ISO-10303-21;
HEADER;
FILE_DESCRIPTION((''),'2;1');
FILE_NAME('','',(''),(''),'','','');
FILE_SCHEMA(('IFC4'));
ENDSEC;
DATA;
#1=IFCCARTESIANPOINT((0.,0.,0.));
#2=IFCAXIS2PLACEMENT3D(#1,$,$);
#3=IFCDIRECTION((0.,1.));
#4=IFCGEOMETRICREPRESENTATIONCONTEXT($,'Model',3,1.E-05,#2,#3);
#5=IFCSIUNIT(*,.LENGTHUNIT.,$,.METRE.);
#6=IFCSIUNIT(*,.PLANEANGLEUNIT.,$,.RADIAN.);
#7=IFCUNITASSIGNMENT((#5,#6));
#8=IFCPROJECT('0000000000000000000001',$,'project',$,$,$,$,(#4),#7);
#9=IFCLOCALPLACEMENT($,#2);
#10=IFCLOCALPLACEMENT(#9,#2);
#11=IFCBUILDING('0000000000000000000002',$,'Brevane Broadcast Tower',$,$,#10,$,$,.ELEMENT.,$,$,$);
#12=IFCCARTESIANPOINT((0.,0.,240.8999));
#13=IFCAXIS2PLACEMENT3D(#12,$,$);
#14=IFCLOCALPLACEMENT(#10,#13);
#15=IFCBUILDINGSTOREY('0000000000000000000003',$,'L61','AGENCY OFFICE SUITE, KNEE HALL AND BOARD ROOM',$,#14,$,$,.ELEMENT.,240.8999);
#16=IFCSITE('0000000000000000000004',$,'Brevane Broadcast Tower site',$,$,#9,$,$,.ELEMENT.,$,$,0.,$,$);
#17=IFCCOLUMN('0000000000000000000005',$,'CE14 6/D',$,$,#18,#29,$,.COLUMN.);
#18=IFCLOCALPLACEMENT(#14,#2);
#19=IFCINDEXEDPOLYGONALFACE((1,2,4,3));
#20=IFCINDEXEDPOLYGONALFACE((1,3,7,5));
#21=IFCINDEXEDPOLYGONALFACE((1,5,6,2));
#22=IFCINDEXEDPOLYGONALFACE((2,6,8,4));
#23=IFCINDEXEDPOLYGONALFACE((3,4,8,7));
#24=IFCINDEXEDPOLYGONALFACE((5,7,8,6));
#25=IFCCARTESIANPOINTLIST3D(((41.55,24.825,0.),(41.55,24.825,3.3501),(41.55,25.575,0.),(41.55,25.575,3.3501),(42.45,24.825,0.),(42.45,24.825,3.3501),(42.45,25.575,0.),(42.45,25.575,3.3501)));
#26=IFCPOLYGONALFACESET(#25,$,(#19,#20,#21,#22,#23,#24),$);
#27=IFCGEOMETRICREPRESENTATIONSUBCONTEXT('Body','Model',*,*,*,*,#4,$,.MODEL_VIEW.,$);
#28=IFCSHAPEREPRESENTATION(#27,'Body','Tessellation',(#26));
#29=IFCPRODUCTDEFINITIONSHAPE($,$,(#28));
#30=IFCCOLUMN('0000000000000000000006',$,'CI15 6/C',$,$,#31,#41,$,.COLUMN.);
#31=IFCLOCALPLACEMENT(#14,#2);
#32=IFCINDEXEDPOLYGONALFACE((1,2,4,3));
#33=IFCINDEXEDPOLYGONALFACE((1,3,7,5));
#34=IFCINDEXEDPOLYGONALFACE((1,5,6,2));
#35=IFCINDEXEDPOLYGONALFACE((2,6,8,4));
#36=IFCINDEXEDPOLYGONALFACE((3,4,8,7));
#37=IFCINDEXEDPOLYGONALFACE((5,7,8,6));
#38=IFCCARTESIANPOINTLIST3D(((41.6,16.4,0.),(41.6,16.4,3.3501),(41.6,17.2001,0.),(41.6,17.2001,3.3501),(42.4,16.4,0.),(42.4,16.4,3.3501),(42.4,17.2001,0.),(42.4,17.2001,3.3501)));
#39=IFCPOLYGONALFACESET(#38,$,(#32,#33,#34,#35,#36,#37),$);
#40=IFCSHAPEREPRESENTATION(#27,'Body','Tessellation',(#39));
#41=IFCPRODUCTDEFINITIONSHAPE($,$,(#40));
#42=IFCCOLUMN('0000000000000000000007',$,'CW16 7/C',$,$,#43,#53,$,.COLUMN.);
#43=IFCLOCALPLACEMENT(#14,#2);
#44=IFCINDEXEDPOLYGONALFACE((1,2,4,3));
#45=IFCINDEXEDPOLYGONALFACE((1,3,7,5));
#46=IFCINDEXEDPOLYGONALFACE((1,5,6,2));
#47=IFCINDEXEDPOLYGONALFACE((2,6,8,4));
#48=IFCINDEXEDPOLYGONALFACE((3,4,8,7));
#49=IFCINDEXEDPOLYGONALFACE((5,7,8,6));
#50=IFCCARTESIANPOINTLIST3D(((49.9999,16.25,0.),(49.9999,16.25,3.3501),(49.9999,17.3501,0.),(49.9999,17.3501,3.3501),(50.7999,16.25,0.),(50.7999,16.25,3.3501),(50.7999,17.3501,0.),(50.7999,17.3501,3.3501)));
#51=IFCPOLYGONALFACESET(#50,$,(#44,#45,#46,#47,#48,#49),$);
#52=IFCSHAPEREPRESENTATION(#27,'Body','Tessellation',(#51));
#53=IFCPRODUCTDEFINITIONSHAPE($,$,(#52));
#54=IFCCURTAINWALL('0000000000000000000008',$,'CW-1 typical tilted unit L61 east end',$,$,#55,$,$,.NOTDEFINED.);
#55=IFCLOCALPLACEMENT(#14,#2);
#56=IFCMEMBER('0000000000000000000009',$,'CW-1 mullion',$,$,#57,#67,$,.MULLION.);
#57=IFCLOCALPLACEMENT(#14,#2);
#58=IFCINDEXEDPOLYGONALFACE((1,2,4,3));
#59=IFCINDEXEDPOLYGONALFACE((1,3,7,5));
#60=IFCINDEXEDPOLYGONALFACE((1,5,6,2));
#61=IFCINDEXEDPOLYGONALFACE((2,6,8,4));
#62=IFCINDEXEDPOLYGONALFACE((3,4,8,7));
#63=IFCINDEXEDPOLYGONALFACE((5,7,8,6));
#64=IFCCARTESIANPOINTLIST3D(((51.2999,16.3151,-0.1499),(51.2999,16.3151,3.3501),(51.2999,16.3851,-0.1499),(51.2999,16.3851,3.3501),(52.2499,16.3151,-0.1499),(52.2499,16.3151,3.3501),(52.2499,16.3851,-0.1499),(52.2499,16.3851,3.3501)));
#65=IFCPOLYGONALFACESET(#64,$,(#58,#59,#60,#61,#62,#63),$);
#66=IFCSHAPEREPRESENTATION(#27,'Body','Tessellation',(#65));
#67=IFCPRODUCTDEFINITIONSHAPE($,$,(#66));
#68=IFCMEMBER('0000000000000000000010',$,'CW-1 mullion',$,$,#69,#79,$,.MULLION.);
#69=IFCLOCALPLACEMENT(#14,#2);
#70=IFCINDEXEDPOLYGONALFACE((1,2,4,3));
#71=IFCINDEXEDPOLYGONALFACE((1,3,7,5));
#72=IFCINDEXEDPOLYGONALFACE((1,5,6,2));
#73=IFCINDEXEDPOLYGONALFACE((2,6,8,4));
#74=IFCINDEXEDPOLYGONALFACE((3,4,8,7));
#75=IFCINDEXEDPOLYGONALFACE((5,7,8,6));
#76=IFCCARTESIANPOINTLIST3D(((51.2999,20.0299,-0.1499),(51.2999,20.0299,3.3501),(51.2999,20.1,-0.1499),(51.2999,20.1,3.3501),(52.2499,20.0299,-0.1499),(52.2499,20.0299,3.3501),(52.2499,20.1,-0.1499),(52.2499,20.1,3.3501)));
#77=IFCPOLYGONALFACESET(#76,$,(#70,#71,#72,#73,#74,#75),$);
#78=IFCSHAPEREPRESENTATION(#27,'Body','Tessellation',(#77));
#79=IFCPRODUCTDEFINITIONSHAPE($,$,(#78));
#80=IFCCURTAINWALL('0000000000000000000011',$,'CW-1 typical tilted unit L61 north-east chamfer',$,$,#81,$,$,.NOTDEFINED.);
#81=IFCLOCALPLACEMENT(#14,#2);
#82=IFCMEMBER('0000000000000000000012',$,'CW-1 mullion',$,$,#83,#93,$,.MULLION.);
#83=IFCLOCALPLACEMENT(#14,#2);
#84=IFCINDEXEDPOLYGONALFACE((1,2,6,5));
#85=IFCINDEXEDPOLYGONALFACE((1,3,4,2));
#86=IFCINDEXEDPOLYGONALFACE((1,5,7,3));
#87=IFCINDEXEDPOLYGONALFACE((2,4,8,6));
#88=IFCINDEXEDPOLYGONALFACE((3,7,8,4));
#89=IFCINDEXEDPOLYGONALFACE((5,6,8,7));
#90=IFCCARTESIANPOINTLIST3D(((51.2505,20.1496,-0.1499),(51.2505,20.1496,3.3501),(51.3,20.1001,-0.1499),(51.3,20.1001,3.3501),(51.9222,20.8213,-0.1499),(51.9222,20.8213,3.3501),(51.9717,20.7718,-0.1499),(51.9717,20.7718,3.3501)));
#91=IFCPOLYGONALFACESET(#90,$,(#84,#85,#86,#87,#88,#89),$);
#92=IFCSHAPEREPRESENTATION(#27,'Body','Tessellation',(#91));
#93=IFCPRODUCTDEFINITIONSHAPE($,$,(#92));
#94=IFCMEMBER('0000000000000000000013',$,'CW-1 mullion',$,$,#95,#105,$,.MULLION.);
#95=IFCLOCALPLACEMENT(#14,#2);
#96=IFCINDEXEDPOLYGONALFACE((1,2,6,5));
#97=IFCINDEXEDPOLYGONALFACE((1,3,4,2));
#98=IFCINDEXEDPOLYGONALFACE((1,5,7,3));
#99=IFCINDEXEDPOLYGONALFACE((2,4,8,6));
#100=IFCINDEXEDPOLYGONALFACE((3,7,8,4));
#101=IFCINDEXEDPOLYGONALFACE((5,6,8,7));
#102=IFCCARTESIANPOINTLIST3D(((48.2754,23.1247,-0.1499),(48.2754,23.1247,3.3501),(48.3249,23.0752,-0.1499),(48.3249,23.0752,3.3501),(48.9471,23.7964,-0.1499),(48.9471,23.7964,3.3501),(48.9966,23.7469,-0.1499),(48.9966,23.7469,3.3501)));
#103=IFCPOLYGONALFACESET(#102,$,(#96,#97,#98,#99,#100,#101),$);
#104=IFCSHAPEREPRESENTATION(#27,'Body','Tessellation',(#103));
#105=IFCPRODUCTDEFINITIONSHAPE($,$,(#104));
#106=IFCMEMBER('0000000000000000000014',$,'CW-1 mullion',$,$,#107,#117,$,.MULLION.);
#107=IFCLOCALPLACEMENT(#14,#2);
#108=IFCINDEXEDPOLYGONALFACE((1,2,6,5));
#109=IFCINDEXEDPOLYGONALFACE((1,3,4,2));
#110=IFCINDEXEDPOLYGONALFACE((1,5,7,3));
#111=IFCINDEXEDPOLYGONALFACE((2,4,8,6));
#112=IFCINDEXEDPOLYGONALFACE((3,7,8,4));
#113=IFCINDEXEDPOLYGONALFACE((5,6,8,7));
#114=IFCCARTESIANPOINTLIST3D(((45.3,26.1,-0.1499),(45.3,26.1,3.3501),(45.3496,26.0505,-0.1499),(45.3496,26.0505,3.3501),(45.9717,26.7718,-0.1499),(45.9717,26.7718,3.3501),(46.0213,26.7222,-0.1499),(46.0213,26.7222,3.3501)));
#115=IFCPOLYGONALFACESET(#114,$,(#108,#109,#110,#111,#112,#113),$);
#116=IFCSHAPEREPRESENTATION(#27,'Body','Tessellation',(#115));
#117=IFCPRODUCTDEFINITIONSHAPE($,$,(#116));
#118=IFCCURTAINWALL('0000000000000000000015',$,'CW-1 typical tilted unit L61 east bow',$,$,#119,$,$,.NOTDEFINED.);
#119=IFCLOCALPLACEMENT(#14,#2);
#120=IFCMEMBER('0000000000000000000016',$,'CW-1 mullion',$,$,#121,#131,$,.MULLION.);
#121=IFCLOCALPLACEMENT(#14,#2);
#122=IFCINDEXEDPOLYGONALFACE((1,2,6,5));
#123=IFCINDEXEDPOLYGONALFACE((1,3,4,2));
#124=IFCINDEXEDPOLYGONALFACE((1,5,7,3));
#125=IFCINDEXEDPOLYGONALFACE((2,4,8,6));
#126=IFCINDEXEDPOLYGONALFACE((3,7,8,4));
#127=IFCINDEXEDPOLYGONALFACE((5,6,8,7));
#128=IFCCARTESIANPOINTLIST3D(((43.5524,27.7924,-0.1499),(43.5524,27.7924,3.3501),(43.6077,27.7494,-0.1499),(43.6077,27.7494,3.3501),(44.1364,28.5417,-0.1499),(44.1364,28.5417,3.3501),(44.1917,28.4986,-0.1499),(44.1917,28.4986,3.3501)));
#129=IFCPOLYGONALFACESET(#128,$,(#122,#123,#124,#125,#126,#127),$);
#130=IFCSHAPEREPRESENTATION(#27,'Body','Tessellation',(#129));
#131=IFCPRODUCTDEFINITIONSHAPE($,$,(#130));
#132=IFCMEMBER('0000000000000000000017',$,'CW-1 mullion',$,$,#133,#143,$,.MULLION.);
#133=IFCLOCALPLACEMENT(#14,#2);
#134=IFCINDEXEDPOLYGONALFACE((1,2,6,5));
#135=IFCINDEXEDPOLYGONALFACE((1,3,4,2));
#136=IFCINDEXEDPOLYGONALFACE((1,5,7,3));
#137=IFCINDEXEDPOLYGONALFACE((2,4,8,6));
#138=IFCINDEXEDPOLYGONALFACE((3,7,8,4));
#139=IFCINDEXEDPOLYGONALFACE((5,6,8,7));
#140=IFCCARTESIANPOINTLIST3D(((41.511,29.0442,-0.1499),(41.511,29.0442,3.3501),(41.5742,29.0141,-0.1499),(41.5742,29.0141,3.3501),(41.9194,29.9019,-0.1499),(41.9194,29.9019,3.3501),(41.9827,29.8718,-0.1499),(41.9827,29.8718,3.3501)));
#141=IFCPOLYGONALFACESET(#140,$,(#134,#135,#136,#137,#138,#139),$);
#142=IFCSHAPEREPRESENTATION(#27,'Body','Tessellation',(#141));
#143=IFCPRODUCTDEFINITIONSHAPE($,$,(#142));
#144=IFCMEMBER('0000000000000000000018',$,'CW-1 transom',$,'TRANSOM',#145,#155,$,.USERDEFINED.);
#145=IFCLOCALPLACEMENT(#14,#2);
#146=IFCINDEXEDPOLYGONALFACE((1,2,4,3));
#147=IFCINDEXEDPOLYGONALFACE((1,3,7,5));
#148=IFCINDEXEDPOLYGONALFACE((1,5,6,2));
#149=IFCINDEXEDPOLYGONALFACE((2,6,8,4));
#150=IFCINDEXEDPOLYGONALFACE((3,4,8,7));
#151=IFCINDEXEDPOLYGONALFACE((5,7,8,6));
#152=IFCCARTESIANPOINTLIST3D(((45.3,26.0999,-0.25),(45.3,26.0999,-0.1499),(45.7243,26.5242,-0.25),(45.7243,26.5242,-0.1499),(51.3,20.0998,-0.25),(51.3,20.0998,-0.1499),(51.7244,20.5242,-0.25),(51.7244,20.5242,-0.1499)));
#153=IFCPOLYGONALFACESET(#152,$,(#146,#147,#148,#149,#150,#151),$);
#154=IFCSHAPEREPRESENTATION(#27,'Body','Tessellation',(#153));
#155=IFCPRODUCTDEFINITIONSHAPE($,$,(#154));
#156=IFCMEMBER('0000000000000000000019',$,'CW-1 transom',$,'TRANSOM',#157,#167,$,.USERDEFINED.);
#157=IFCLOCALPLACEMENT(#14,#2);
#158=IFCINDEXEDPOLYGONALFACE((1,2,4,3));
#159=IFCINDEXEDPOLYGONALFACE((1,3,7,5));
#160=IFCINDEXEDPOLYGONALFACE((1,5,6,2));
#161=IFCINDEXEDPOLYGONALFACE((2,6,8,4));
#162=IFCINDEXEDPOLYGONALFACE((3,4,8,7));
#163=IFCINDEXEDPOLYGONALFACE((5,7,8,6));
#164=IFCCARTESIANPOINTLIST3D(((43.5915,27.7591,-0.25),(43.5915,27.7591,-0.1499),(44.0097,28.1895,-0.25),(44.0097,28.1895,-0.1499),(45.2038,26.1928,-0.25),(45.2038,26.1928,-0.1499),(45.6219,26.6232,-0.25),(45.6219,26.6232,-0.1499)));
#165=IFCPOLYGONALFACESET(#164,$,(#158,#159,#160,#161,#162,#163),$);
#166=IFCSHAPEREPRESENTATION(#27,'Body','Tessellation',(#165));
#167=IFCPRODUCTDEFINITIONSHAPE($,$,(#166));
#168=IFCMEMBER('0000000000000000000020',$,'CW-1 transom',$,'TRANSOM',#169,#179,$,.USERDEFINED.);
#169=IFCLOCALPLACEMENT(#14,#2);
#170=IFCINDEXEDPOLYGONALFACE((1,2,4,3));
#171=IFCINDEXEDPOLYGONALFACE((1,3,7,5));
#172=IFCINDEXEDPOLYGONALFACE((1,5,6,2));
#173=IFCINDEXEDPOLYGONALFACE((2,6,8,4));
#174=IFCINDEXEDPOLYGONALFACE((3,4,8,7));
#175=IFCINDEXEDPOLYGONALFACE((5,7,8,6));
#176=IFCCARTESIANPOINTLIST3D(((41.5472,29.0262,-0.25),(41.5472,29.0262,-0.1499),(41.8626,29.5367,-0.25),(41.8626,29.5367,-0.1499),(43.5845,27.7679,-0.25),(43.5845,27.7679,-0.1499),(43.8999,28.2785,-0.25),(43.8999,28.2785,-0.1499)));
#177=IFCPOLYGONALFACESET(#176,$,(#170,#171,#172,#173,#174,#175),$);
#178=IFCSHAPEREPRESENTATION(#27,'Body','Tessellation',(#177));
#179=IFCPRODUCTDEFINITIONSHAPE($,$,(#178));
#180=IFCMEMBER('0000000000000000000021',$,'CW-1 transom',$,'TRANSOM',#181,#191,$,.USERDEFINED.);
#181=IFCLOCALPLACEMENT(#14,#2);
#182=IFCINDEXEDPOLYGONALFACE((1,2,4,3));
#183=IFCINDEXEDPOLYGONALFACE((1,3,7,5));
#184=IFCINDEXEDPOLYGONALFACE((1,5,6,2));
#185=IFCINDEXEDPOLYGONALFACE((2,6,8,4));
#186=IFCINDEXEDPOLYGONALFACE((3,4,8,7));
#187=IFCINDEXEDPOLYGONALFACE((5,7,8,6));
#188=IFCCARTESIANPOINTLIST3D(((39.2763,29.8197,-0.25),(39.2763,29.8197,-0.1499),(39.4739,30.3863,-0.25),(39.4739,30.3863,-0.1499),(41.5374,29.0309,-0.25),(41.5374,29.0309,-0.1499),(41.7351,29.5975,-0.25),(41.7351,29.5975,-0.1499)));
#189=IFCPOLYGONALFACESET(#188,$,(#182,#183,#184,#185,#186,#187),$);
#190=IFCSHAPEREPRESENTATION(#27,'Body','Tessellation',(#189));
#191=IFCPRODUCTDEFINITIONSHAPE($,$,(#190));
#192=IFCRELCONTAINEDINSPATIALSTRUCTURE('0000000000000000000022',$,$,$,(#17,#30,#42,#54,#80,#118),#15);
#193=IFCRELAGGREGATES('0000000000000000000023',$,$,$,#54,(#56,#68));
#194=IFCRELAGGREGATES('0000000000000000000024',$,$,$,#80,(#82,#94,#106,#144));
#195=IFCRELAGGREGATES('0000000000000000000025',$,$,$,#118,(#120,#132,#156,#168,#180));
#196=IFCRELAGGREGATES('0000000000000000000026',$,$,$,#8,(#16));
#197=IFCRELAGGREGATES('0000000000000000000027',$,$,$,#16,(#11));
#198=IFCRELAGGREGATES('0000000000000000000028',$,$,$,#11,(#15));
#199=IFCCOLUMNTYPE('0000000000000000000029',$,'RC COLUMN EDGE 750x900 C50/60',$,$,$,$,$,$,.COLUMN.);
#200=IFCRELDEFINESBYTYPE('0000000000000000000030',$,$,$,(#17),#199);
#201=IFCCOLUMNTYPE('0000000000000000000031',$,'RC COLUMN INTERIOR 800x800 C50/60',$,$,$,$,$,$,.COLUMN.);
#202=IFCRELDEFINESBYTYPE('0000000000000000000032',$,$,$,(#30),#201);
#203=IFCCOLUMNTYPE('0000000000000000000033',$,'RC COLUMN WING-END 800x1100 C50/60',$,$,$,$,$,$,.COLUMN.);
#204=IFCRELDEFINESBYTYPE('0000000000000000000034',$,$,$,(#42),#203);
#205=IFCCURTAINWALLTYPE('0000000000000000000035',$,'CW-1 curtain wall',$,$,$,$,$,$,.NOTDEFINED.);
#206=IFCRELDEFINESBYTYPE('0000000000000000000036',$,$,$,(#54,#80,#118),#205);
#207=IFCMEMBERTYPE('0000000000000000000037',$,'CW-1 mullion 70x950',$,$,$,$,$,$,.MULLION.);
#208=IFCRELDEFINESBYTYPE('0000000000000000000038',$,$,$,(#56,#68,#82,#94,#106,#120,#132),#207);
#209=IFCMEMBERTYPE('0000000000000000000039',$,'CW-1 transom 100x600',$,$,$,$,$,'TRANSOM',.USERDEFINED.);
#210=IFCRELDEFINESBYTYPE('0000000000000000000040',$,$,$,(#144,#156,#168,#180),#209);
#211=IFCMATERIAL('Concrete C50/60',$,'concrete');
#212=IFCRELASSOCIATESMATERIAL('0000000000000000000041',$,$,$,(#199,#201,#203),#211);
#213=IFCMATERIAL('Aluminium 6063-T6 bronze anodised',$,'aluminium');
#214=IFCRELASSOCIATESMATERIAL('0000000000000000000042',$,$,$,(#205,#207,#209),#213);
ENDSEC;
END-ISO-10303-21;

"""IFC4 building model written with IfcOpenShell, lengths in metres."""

from ifc_helpers import new_model, si_unit, direction, frame, origin, origin_2d, place, context, subcontext, project, spatial, rectangle, extrude, material, material_profile, profile_set, type_object, element, aggregate, save


model = new_model("IFC4")

# Units and contexts
model_context = context("Model", 3, precision=1e-05, world=origin(), true_north=direction((0.0, 1.0)))
body_context = subcontext(model_context, "Body", "Model", "MODEL_VIEW")
ifc_project = project(units=[si_unit("LENGTHUNIT", "METRE"), si_unit("PLANEANGLEUNIT", "RADIAN")], contexts=[model_context])

# Site, building, storey
site_placement = place(None, origin())
site = spatial("IfcSite", under=ifc_project, at=site_placement, Name="Brevane Broadcast Tower site", CompositionType="ELEMENT", RefElevation=0.0)
building_placement = place(site_placement, origin())
building = spatial("IfcBuilding", under=site, at=building_placement, Name="Brevane Broadcast Tower", CompositionType="ELEMENT")
storey_placement = place(building_placement, frame((0.0, 0.0, 240.8999)))
storey = spatial("IfcBuildingStorey", under=building, at=storey_placement, Name="L61", Description="AGENCY OFFICE SUITE, KNEE HALL AND BOARD ROOM", CompositionType="ELEMENT", Elevation=240.8999)

# Columns
ifc_material_1 = material(Name="Concrete C50/60", Category="concrete")
ifc_material_profile_1 = material_profile(ifc_material_1, rectangle(XDim=0.75, YDim=0.8999, at=origin_2d()), Name="RC 750x900")
ifc_profile_set_1 = profile_set([ifc_material_profile_1], Name="Concrete C50/60")
column_type_1 = type_object("IfcColumnType", Name="RC COLUMN EDGE 750x900 C50/60", PredefinedType="COLUMN", material=ifc_profile_set_1)
column_1_placement = place(storey_placement, frame((42.0, 25.2, 0.0), z_axis=(0.0, 0.0, 1.0), x_axis=(0.0, 1.0, 0.0)))
element("IfcColumn", 1, at=column_1_placement, inside=storey, type_object=column_type_1, Name="CE14 6/D", PredefinedType="COLUMN", context=body_context, shape_type="SweptSolid", body=[
    extrude(rectangle(XDim=0.75, YDim=0.8999, at=origin_2d()), origin(), (0.0, 0.0, 1.0), 3.3501),
])
ifc_material_profile_2 = material_profile(ifc_material_1, rectangle(XDim=0.8, YDim=0.8, at=origin_2d()), Name="RC 800x800")
ifc_profile_set_2 = profile_set([ifc_material_profile_2], Name="Concrete C50/60")
column_type_2 = type_object("IfcColumnType", Name="RC COLUMN INTERIOR 800x800 C50/60", PredefinedType="COLUMN", material=ifc_profile_set_2)
column_2_placement = place(storey_placement, frame((42.0, 16.8, 0.0), z_axis=(0.0, 0.0, 1.0), x_axis=(1.0, 0.0, 0.0)))
element("IfcColumn", 2, at=column_2_placement, inside=storey, type_object=column_type_2, Name="CI15 6/C", PredefinedType="COLUMN", context=body_context, shape_type="SweptSolid", body=[
    extrude(rectangle(XDim=0.8, YDim=0.8, at=origin_2d()), origin(), (0.0, 0.0, 1.0), 3.3501),
])
ifc_material_profile_3 = material_profile(ifc_material_1, rectangle(XDim=0.8, YDim=1.1001, at=origin_2d()), Name="RC 800x1100")
ifc_profile_set_3 = profile_set([ifc_material_profile_3], Name="Concrete C50/60")
column_type_3 = type_object("IfcColumnType", Name="RC COLUMN WING-END 800x1100 C50/60", PredefinedType="COLUMN", material=ifc_profile_set_3)
column_3_placement = place(storey_placement, frame((50.3999, 16.8, 0.0), z_axis=(0.0, 0.0, 1.0), x_axis=(1.0, 0.0, 0.0)))
element("IfcColumn", 3, at=column_3_placement, inside=storey, type_object=column_type_3, Name="CW16 7/C", PredefinedType="COLUMN", context=body_context, shape_type="SweptSolid", body=[
    extrude(rectangle(XDim=0.8, YDim=1.1001, at=origin_2d()), origin(), (0.0, 0.0, 1.0), 3.3501),
])

# Curtain walls, members
ifc_material_2 = material(Name="Aluminium 6063-T6 bronze anodised", Category="aluminium")
curtain_wall_type = type_object("IfcCurtainWallType", Name="CW-1 curtain wall", PredefinedType="NOTDEFINED", material=ifc_material_2)
curtain_wall_1_placement = place(storey_placement, origin())
curtain_wall_1 = element("IfcCurtainWall", 4, at=curtain_wall_1_placement, inside=storey, type_object=curtain_wall_type, Name="CW-1 typical tilted unit L61 east end", PredefinedType="NOTDEFINED")
ifc_material_profile_4 = material_profile(ifc_material_2, rectangle(XDim=0.95, YDim=0.0701, at=origin_2d()), Name="RECT 70x950")
ifc_profile_set_4 = profile_set([ifc_material_profile_4], Name="Aluminium 6063-T6 bronze anodised")
member_type_1 = type_object("IfcMemberType", Name="CW-1 mullion 70x950", PredefinedType="MULLION", material=ifc_profile_set_4)
member_1_placement = place(storey_placement, frame((51.7749, 16.3501, -0.1499), z_axis=(0.0, 0.0, 1.0), x_axis=(-1.0, 0.0, 0.0)))
member_1 = element("IfcMember", 5, at=member_1_placement, type_object=member_type_1, Name="CW-1 mullion", PredefinedType="MULLION", context=body_context, shape_type="SweptSolid", body=[
    extrude(rectangle(XDim=0.95, YDim=0.0701, at=origin_2d()), origin(), (0.0, 0.0, 1.0), 3.5),
])
member_2_placement = place(storey_placement, frame((51.7749, 20.0649, -0.1499), z_axis=(0.0, 0.0, 1.0), x_axis=(-1.0, 0.0, 0.0)))
member_2 = element("IfcMember", 6, at=member_2_placement, type_object=member_type_1, Name="CW-1 mullion", PredefinedType="MULLION", context=body_context, shape_type="SweptSolid", body=[
    extrude(rectangle(XDim=0.95, YDim=0.0701, at=origin_2d()), origin(), (0.0, 0.0, 1.0), 3.5),
])
aggregate(curtain_wall_1, [member_1, member_2])
curtain_wall_2_placement = place(storey_placement, origin())
curtain_wall_2 = element("IfcCurtainWall", 7, at=curtain_wall_2_placement, inside=storey, type_object=curtain_wall_type, Name="CW-1 typical tilted unit L61 north-east chamfer", PredefinedType="NOTDEFINED")
member_3_placement = place(storey_placement, frame((51.6111, 20.4607, -0.1499), z_axis=(0.0, 0.0, 1.0), x_axis=(-0.707107, -0.707107, 0.0)))
member_3 = element("IfcMember", 8, at=member_3_placement, type_object=member_type_1, Name="CW-1 mullion", PredefinedType="MULLION", context=body_context, shape_type="SweptSolid", body=[
    extrude(rectangle(XDim=0.95, YDim=0.0701, at=origin_2d()), origin(), (0.0, 0.0, 1.0), 3.5),
])
member_4_placement = place(storey_placement, frame((48.636, 23.4358, -0.1499), z_axis=(0.0, 0.0, 1.0), x_axis=(-0.707107, -0.707107, 0.0)))
member_4 = element("IfcMember", 9, at=member_4_placement, type_object=member_type_1, Name="CW-1 mullion", PredefinedType="MULLION", context=body_context, shape_type="SweptSolid", body=[
    extrude(rectangle(XDim=0.95, YDim=0.0701, at=origin_2d()), origin(), (0.0, 0.0, 1.0), 3.5),
])
member_5_placement = place(storey_placement, frame((45.6606, 26.4111, -0.1499), z_axis=(0.0, 0.0, 1.0), x_axis=(-0.707107, -0.707107, 0.0)))
member_5 = element("IfcMember", 10, at=member_5_placement, type_object=member_type_1, Name="CW-1 mullion", PredefinedType="MULLION", context=body_context, shape_type="SweptSolid", body=[
    extrude(rectangle(XDim=0.95, YDim=0.0701, at=origin_2d()), origin(), (0.0, 0.0, 1.0), 3.5),
])
curtain_wall_3_placement = place(storey_placement, origin())
curtain_wall_3 = element("IfcCurtainWall", 11, at=curtain_wall_3_placement, inside=storey, type_object=curtain_wall_type, Name="CW-1 typical tilted unit L61 east bow", PredefinedType="NOTDEFINED")
member_6_placement = place(storey_placement, frame((43.8721, 28.1455, -0.1499), z_axis=(0.0, 0.0, 1.0), x_axis=(-0.61477, -0.788707, 0.0)))
member_6 = element("IfcMember", 12, at=member_6_placement, type_object=member_type_1, Name="CW-1 mullion", PredefinedType="MULLION", context=body_context, shape_type="SweptSolid", body=[
    extrude(rectangle(XDim=0.95, YDim=0.0701, at=origin_2d()), origin(), (0.0, 0.0, 1.0), 3.5),
])
member_7_placement = place(storey_placement, frame((41.7468, 29.458, -0.1499), z_axis=(0.0, 0.0, 1.0), x_axis=(-0.429934, -0.902861, 0.0)))
member_7 = element("IfcMember", 13, at=member_7_placement, type_object=member_type_1, Name="CW-1 mullion", PredefinedType="MULLION", context=body_context, shape_type="SweptSolid", body=[
    extrude(rectangle(XDim=0.95, YDim=0.0701, at=origin_2d()), origin(), (0.0, 0.0, 1.0), 3.5),
])

# Members
ifc_material_profile_5 = material_profile(ifc_material_2, rectangle(XDim=0.6001, YDim=0.1001, at=origin_2d()), Name="RECT 100x600")
ifc_profile_set_5 = profile_set([ifc_material_profile_5], Name="Aluminium 6063-T6 bronze anodised")
member_type_2 = type_object("IfcMemberType", Name="CW-1 transom 100x600", ElementType="TRANSOM", PredefinedType="USERDEFINED", material=ifc_profile_set_5)
member_8_placement = place(storey_placement, frame((51.5122, 20.312, -0.2), z_axis=(-0.707107, 0.707107, 0.0), x_axis=(-0.707107, -0.707107, 0.0)))
member_8 = element("IfcMember", 14, at=member_8_placement, type_object=member_type_2, Name="CW-1 transom", ObjectType="TRANSOM", PredefinedType="USERDEFINED", context=body_context, shape_type="SweptSolid", body=[
    extrude(rectangle(XDim=0.6001, YDim=0.1001, at=origin_2d()), origin(), (0.0, 0.0, 1.0), 8.4854),
])
aggregate(curtain_wall_2, [member_3, member_4, member_5, member_8])
member_9_placement = place(storey_placement, frame((45.4128, 26.408, -0.2), z_axis=(-0.717242, 0.696824, 0.0), x_axis=(-0.696824, -0.717242, 0.0)))
member_9 = element("IfcMember", 15, at=member_9_placement, type_object=member_type_2, Name="CW-1 transom", ObjectType="TRANSOM", PredefinedType="USERDEFINED", context=body_context, shape_type="SweptSolid", body=[
    extrude(rectangle(XDim=0.6001, YDim=0.1001, at=origin_2d()), origin(), (0.0, 0.0, 1.0), 2.2478),
])
member_10_placement = place(storey_placement, frame((43.7422, 28.0232, -0.2), z_axis=(-0.85081, 0.525473, 0.0), x_axis=(-0.525473, -0.85081, 0.0)))
member_10 = element("IfcMember", 16, at=member_10_placement, type_object=member_type_2, Name="CW-1 transom", ObjectType="TRANSOM", PredefinedType="USERDEFINED", context=body_context, shape_type="SweptSolid", body=[
    extrude(rectangle(XDim=0.6001, YDim=0.1001, at=origin_2d()), origin(), (0.0, 0.0, 1.0), 2.3945),
])
member_11_placement = place(storey_placement, frame((41.6362, 29.3142, -0.2), z_axis=(-0.944198, 0.329378, 0.0), x_axis=(-0.329378, -0.944198, 0.0)))
member_11 = element("IfcMember", 17, at=member_11_placement, type_object=member_type_2, Name="CW-1 transom", ObjectType="TRANSOM", PredefinedType="USERDEFINED", context=body_context, shape_type="SweptSolid", body=[
    extrude(rectangle(XDim=0.6001, YDim=0.1001, at=origin_2d()), origin(), (0.0, 0.0, 1.0), 2.3948),
])
aggregate(curtain_wall_3, [member_6, member_7, member_9, member_10, member_11])

save(model, "model.ifc")
